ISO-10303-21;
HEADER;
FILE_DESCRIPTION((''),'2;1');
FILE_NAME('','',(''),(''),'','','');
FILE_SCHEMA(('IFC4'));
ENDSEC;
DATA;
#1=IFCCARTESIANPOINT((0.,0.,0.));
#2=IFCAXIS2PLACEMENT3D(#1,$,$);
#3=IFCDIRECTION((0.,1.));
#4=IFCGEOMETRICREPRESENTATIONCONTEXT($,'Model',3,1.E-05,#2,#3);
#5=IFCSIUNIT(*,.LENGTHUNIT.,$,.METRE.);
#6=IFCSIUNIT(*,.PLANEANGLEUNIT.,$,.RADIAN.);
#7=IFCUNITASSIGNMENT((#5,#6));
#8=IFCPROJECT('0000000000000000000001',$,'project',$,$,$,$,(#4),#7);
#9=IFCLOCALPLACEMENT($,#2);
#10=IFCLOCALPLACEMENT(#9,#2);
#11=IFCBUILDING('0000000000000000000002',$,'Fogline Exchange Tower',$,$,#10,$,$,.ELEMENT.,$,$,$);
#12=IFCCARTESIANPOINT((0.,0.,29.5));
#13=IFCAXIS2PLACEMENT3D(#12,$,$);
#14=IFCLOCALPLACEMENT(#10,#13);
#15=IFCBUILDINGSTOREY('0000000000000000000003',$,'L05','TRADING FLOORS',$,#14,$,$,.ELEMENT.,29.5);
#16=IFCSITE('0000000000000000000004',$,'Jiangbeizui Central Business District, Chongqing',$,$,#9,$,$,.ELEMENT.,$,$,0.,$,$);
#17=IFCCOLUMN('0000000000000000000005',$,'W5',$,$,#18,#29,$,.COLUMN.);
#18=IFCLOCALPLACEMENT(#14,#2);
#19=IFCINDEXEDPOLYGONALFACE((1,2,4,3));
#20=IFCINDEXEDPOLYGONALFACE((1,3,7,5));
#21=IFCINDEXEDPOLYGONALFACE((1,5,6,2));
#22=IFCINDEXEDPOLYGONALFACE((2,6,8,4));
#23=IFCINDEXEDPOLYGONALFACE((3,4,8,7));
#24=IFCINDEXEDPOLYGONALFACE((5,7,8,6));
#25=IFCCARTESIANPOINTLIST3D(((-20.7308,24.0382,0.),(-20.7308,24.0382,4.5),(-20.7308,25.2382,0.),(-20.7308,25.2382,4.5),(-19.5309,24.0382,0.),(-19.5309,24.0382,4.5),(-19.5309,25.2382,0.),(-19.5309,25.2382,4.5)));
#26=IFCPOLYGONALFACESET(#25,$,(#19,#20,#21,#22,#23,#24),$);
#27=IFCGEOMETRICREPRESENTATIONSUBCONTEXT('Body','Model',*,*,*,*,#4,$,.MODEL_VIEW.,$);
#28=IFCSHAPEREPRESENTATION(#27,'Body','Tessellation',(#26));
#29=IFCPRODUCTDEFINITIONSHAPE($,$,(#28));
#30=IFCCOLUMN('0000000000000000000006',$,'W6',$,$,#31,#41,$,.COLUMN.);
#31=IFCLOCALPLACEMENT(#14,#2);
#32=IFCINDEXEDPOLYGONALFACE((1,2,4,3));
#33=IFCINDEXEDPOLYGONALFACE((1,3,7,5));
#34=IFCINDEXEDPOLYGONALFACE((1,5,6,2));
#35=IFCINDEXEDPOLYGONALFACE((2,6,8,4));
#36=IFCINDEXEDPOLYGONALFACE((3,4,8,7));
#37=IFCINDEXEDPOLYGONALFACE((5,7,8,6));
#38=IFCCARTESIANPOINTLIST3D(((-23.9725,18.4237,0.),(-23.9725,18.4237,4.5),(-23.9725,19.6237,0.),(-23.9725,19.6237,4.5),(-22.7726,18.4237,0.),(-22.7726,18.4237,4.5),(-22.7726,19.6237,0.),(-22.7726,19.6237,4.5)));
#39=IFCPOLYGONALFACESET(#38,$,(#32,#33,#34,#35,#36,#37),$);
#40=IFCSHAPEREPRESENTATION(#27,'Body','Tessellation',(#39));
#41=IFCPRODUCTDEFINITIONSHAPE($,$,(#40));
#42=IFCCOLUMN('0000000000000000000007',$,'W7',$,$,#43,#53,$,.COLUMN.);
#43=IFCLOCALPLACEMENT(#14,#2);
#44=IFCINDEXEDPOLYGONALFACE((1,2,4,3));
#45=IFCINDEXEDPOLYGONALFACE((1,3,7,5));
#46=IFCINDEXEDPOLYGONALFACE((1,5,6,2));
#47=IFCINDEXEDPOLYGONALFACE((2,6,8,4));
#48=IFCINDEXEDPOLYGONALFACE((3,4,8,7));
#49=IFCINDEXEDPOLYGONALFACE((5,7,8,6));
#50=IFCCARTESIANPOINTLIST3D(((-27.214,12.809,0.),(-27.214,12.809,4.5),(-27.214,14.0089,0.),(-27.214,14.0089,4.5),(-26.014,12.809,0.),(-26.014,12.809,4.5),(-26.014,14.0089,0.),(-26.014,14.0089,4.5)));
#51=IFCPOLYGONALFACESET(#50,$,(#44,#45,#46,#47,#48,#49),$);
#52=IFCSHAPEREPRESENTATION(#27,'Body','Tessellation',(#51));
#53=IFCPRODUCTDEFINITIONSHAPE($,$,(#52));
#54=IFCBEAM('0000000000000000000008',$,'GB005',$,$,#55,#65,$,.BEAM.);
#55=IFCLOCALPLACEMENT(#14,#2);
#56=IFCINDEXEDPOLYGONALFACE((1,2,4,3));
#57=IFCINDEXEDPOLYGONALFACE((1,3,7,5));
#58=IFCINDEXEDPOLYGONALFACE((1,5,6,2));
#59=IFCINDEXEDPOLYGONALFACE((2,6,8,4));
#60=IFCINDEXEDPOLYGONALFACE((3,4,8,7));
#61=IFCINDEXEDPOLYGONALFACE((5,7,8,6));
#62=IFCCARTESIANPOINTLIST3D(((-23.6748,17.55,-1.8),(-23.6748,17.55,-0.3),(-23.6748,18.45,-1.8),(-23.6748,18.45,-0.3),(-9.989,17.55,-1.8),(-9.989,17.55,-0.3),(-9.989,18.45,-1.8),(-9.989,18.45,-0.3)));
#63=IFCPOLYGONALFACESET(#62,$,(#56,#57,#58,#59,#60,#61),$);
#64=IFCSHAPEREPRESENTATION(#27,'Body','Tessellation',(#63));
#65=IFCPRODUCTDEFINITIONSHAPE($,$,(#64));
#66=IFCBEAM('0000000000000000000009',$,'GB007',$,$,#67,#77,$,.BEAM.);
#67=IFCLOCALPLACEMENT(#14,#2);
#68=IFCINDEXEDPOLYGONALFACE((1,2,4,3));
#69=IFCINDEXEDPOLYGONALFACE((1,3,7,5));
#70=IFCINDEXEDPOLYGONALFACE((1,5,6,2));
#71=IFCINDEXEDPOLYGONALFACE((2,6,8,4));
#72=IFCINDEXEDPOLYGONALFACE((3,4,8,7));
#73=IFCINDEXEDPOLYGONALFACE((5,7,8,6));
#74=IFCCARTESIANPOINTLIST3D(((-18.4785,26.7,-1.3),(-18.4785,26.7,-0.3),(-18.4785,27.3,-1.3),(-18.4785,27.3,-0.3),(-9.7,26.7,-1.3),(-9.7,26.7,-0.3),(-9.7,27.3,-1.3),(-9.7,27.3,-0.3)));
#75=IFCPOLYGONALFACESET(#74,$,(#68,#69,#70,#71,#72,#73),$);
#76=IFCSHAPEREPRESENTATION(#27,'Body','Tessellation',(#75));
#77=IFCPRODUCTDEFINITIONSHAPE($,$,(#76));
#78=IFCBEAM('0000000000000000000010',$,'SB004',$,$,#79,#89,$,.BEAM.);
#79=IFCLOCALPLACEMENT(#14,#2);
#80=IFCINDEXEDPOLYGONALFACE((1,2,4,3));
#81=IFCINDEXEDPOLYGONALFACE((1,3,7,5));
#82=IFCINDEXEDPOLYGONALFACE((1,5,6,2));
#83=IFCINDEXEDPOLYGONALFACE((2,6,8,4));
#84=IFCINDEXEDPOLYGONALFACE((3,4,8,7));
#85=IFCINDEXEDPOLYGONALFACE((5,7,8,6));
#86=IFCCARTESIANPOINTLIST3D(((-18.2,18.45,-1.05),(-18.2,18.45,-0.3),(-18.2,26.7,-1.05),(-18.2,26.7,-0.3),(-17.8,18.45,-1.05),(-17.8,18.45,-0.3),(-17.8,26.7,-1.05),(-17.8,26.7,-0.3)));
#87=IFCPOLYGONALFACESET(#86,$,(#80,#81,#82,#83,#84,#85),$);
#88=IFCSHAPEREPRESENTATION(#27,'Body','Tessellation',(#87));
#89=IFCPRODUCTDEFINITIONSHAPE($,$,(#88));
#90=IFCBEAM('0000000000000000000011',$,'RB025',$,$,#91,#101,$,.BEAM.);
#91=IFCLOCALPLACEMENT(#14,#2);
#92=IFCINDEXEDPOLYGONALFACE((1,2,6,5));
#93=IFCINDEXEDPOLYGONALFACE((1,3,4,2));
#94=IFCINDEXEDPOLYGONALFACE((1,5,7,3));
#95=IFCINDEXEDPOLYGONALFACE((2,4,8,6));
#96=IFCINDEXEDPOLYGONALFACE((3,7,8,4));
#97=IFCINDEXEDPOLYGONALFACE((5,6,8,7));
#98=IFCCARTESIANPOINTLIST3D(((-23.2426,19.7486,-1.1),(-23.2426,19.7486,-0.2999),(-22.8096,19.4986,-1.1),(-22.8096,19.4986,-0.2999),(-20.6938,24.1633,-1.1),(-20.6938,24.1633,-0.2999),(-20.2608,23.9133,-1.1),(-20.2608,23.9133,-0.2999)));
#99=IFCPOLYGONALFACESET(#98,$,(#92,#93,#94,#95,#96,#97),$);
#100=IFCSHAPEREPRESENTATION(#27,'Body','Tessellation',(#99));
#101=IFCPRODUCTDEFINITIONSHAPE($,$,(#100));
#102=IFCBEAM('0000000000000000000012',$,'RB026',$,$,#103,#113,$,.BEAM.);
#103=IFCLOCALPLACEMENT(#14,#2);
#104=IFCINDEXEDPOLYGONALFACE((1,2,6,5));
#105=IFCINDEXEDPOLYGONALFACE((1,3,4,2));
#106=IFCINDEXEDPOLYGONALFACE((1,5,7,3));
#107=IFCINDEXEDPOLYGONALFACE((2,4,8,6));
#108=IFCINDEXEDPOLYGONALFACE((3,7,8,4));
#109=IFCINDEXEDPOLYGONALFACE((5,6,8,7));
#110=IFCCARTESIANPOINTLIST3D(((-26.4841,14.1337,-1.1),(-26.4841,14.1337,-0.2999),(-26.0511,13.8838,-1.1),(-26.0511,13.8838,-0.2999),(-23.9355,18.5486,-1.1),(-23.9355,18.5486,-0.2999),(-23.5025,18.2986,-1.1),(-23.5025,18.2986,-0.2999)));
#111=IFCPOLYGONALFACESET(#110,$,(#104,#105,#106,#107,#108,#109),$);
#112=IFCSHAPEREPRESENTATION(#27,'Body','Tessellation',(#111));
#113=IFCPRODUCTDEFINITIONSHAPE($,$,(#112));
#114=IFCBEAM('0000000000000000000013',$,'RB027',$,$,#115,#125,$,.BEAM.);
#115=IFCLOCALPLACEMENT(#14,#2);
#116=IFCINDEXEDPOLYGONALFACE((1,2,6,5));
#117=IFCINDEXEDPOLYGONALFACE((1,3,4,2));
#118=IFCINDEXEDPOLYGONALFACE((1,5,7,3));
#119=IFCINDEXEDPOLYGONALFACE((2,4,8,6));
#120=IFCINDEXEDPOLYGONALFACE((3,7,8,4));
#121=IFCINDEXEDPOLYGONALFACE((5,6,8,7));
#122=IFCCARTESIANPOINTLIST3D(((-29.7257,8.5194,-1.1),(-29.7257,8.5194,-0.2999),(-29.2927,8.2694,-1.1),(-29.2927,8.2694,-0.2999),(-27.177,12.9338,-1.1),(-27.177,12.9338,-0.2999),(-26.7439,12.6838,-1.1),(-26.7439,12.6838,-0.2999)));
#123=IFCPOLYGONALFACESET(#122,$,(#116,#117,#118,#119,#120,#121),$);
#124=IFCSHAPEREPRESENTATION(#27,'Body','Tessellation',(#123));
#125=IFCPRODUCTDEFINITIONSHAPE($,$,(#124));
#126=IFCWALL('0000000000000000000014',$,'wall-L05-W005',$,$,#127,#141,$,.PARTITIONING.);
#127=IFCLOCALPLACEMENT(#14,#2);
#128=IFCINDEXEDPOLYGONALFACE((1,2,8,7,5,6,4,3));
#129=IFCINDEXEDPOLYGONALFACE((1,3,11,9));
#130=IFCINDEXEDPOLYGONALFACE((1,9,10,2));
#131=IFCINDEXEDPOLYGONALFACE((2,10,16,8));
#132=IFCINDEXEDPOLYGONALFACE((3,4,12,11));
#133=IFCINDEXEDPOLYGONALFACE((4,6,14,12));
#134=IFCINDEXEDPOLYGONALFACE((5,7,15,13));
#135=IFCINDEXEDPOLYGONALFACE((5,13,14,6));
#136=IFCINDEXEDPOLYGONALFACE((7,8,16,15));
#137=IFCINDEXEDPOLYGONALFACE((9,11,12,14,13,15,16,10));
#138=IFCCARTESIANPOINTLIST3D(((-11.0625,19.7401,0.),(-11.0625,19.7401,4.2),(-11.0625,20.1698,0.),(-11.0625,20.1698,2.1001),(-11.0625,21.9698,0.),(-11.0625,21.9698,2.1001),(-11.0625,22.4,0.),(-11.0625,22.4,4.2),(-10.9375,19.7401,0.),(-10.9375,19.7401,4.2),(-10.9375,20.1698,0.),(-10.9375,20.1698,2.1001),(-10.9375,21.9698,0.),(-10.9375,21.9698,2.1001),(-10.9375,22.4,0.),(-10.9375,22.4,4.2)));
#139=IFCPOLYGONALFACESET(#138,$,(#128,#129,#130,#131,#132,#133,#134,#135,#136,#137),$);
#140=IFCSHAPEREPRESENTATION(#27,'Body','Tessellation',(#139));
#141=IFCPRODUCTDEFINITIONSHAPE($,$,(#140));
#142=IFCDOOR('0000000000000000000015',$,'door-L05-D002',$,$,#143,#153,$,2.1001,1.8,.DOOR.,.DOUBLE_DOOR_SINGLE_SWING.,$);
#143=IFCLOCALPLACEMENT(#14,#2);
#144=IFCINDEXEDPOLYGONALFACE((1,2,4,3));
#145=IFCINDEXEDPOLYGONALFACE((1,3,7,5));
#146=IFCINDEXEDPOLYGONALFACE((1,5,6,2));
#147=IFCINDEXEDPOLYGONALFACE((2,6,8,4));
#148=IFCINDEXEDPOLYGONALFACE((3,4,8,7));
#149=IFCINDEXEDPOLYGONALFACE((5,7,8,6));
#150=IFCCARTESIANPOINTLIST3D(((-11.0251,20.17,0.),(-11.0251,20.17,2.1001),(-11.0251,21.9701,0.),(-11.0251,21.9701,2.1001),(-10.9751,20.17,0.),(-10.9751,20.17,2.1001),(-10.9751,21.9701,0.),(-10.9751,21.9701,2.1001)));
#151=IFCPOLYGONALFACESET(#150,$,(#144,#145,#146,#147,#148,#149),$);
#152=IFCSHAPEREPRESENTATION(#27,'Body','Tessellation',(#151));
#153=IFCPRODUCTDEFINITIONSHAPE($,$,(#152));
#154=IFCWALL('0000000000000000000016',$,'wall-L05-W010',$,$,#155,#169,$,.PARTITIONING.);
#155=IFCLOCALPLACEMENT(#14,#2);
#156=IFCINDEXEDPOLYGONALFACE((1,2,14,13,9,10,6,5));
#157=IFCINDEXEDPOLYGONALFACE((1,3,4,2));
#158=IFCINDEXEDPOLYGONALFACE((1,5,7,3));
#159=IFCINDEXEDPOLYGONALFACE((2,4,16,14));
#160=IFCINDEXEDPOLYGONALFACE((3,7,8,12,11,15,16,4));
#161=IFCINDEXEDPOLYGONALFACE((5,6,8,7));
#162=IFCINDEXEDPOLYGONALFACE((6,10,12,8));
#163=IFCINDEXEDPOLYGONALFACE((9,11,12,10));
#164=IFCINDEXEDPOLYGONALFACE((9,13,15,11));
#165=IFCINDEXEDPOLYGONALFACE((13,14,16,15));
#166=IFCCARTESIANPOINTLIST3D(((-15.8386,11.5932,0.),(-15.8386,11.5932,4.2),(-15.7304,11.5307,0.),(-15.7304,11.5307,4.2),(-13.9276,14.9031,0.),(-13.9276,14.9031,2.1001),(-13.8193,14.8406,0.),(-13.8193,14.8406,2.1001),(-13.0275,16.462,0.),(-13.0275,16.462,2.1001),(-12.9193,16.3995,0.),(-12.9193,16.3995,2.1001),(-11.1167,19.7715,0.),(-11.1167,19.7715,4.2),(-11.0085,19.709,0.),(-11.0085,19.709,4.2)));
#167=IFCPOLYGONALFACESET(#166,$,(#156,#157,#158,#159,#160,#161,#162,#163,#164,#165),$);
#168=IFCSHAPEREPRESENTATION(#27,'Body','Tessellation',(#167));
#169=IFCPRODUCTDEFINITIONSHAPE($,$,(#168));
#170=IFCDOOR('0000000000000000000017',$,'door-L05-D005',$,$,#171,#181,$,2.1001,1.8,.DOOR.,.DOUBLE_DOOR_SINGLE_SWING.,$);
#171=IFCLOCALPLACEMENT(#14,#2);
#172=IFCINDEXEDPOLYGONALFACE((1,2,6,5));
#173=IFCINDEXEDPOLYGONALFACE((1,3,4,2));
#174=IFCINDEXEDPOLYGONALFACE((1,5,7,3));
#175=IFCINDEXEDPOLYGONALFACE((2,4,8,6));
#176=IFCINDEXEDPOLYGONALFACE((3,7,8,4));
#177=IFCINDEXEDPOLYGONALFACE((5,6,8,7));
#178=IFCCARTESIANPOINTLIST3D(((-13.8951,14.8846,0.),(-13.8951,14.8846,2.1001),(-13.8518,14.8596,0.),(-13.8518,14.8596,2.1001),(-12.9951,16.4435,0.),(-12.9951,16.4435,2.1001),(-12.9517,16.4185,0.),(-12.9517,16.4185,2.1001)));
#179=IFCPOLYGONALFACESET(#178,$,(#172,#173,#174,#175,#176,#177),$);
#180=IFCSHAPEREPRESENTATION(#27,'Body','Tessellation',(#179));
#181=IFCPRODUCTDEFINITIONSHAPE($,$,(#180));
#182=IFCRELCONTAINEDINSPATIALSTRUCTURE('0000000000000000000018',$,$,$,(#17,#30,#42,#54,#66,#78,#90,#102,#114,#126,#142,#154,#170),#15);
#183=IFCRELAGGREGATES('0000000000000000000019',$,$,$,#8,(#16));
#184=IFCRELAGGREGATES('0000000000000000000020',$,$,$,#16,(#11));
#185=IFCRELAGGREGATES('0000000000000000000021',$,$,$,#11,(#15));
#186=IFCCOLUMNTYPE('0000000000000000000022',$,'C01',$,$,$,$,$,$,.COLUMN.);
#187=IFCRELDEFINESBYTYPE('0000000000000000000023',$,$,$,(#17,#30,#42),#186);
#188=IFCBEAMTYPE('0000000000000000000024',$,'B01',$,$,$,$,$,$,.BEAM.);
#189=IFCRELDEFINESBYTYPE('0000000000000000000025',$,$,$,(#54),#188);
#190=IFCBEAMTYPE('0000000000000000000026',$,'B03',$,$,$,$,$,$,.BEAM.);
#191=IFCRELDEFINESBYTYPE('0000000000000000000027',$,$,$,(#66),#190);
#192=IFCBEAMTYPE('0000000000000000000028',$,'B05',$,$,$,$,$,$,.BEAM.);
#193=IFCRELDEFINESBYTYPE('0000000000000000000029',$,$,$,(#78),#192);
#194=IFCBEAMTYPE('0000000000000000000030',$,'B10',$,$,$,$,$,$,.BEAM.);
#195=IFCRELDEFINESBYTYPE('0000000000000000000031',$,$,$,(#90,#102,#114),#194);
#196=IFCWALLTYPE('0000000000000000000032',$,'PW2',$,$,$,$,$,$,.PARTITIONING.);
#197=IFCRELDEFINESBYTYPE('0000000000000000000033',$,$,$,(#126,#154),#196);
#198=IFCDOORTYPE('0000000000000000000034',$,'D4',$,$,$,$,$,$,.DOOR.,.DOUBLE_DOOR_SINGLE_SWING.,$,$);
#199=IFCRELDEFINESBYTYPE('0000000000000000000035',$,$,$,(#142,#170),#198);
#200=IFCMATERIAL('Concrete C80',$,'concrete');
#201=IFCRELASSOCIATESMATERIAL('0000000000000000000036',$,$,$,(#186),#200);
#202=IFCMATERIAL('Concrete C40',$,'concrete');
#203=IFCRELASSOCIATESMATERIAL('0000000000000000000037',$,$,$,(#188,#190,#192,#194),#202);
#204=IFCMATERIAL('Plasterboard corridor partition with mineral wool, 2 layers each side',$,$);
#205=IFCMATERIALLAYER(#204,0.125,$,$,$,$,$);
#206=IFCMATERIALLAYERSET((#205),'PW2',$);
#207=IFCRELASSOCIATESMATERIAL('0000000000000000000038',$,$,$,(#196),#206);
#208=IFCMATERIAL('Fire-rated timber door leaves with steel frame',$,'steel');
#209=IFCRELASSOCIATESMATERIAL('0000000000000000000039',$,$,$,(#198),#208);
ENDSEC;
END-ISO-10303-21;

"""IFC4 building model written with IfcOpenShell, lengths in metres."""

from ifc_helpers import new_model, si_unit, direction, frame, frame_2d, origin, origin_2d, place, context, subcontext, project, spatial, rectangle, extrude, material, layer, layer_set, material_profile, profile_set, type_object, element, fill, save


model = new_model("IFC4")

# Units and contexts
model_context = context("Model", 3, precision=1e-05, world=origin(), true_north=direction((0.0, 1.0)))
body_context = subcontext(model_context, "Body", "Model", "MODEL_VIEW")
ifc_project = project(units=[si_unit("LENGTHUNIT", "METRE"), si_unit("PLANEANGLEUNIT", "RADIAN")], contexts=[model_context])

# Site, building, storey
site_placement = place(None, origin())
site = spatial("IfcSite", under=ifc_project, at=site_placement, Name="Jiangbeizui Central Business District, Chongqing", CompositionType="ELEMENT", RefElevation=0.0)
building_placement = place(site_placement, origin())
building = spatial("IfcBuilding", under=site, at=building_placement, Name="Fogline Exchange Tower", CompositionType="ELEMENT")
storey_placement = place(building_placement, frame((0.0, 0.0, 29.5)))
storey = spatial("IfcBuildingStorey", under=building, at=storey_placement, Name="L05", Description="TRADING FLOORS", CompositionType="ELEMENT", Elevation=29.5)

# Columns
ifc_material_1 = material(Name="Concrete C80", Category="concrete")
ifc_material_profile_1 = material_profile(ifc_material_1, rectangle(XDim=1.2, YDim=1.2, at=origin_2d()), Name="RC 1200x1200")
ifc_profile_set_1 = profile_set([ifc_material_profile_1], Name="Concrete C80")
column_type = type_object("IfcColumnType", Name="C01", PredefinedType="COLUMN", material=ifc_profile_set_1)
for number, where, z_axis, x_axis, name in (
    (1, (-20.1309, 24.6382, 0.0), (0.0, 0.0, 1.0), (1.0, 0.0, 0.0), "W5"),
    (2, (-23.3726, 19.0237, 0.0), (0.0, 0.0, 1.0), (1.0, 0.0, 0.0), "W6"),
    (3, (-26.614, 13.4089, 0.0), (0.0, 0.0, 1.0), (1.0, 0.0, 0.0), "W7"),
):
    element("IfcColumn", number, at=place(storey_placement, frame(where, z_axis=z_axis, x_axis=x_axis)), inside=storey, type_object=column_type, Name=name, PredefinedType="COLUMN", context=body_context, shape_type="SweptSolid", body=[
        extrude(rectangle(XDim=1.2, YDim=1.2, at=origin_2d()), origin(), (0.0, 0.0, 1.0), 4.5),
    ])

# Beams
ifc_material_2 = material(Name="Concrete C40", Category="concrete")
ifc_material_profile_2 = material_profile(ifc_material_2, rectangle(XDim=0.8999, YDim=1.5, at=origin_2d()), Name="RC 900x1500")
ifc_profile_set_2 = profile_set([ifc_material_profile_2], Name="Concrete C40")
beam_type_1 = type_object("IfcBeamType", Name="B01", PredefinedType="BEAM", material=ifc_profile_set_2)
beam_1_placement = place(storey_placement, frame((-23.6748, 18.0, -1.05), z_axis=(1.0, 0.0, 0.0), x_axis=(0.0, 1.0, 0.0)))
element("IfcBeam", 4, at=beam_1_placement, inside=storey, type_object=beam_type_1, Name="GB005", PredefinedType="BEAM", context=body_context, shape_type="SweptSolid", body=[
    extrude(rectangle(XDim=0.8999, YDim=1.5, at=origin_2d()), origin(), (0.0, 0.0, 1.0), 13.6858),
])
ifc_material_profile_3 = material_profile(ifc_material_2, rectangle(XDim=0.6001, YDim=1.0, at=origin_2d()), Name="RC 600x1000")
ifc_profile_set_3 = profile_set([ifc_material_profile_3], Name="Concrete C40")
beam_type_2 = type_object("IfcBeamType", Name="B03", PredefinedType="BEAM", material=ifc_profile_set_3)
beam_2_placement = place(storey_placement, frame((-18.4785, 27.0, -0.8), z_axis=(1.0, 0.0, 0.0), x_axis=(0.0, 1.0, 0.0)))
element("IfcBeam", 5, at=beam_2_placement, inside=storey, type_object=beam_type_2, Name="GB007", PredefinedType="BEAM", context=body_context, shape_type="SweptSolid", body=[
    extrude(rectangle(XDim=0.6001, YDim=1.0, at=origin_2d()), origin(), (0.0, 0.0, 1.0), 8.7786),
])
ifc_material_profile_4 = material_profile(ifc_material_2, rectangle(XDim=0.3999, YDim=0.75, at=origin_2d()), Name="RC 400x750")
ifc_profile_set_4 = profile_set([ifc_material_profile_4], Name="Concrete C40")
beam_type_3 = type_object("IfcBeamType", Name="B05", PredefinedType="BEAM", material=ifc_profile_set_4)
beam_3_placement = place(storey_placement, frame((-18.0, 18.45, -0.675), z_axis=(0.0, 1.0, 0.0), x_axis=(-1.0, 0.0, 0.0)))
element("IfcBeam", 6, at=beam_3_placement, inside=storey, type_object=beam_type_3, Name="SB004", PredefinedType="BEAM", context=body_context, shape_type="SweptSolid", body=[
    extrude(rectangle(XDim=0.3999, YDim=0.75, at=origin_2d()), origin(), (0.0, 0.0, 1.0), 8.25),
])
ifc_material_profile_5 = material_profile(ifc_material_2, rectangle(XDim=0.5, YDim=0.8, at=origin_2d()), Name="RC 500x800")
ifc_profile_set_5 = profile_set([ifc_material_profile_5], Name="Concrete C40")
beam_type_4 = type_object("IfcBeamType", Name="B10", PredefinedType="BEAM", material=ifc_profile_set_5)
for number, where, z_axis, x_axis, name in (
    (7, (-20.4773, 24.0383, -0.7), (-0.499992, -0.86603, 0.0), (0.86603, -0.499992, 0.0), "RB025"),
    (8, (-23.719, 18.4236, -0.7), (-0.499956, -0.866051, 0.0), (0.866051, -0.499956, 0.0), "RB026"),
):
    element("IfcBeam", number, at=place(storey_placement, frame(where, z_axis=z_axis, x_axis=x_axis)), inside=storey, type_object=beam_type_4, Name=name, PredefinedType="BEAM", context=body_context, shape_type="SweptSolid", body=[
        extrude(rectangle(XDim=0.5, YDim=0.8, at=origin_2d()), origin(), (0.0, 0.0, 1.0), 5.0977),
    ])
beam_4_placement = place(storey_placement, frame((-26.9604, 12.8088, -0.7), z_axis=(-0.500013, -0.866018, 0.0), x_axis=(0.866018, -0.500013, 0.0)))
element("IfcBeam", 9, at=beam_4_placement, inside=storey, type_object=beam_type_4, Name="RB027", PredefinedType="BEAM", context=body_context, shape_type="SweptSolid", body=[
    extrude(rectangle(XDim=0.5, YDim=0.8, at=origin_2d()), origin(), (0.0, 0.0, 1.0), 5.0974),
])

# Walls, openings, doors
ifc_material_3 = material(Name="Plasterboard corridor partition with mineral wool, 2 layers each side")
ifc_layer_1 = layer(ifc_material_3, 0.125)
ifc_layer_set_1 = layer_set([ifc_layer_1], Name="PW2")
wall_type_1 = type_object("IfcWallType", Name="PW2", PredefinedType="PARTITIONING", material=ifc_layer_set_1)
wall_1_placement = place(storey_placement, frame((-11.0, 19.74, 0.0), z_axis=(0.0, 0.0, 1.0), x_axis=(0.0, 1.0, 0.0)))
wall_1 = element("IfcWall", 10, at=wall_1_placement, inside=storey, type_object=wall_type_1, Name="wall-L05-W005", PredefinedType="PARTITIONING", context=body_context, shape_type="SweptSolid", body=[
    extrude(rectangle(XDim=2.6599, YDim=0.125, at=frame_2d((1.3301, 0.0))), origin(), (0.0, 0.0, 1.0), 4.2),
])
opening_1_placement = place(wall_1_placement, frame((0.4299, 0.0, 0.0)))
opening_1 = element("IfcOpeningElement", 11, at=opening_1_placement, cuts=wall_1, PredefinedType="OPENING", context=body_context, shape_type="SweptSolid", body=[
    extrude(rectangle(XDim=1.8, YDim=2.1001, at=frame_2d((0.8999, 1.05))), frame((0.0, 0.0725, 0.0), z_axis=(0.0, -1.0, 0.0), x_axis=(1.0, 0.0, 0.0)), (0.0, 0.0, 1.0), 0.145),
])
ifc_material_4 = material(Name="Fire-rated timber door leaves with steel frame", Category="steel")
door_type_1 = type_object("IfcDoorType", Name="D4", OperationType="DOUBLE_DOOR_SINGLE_SWING", PredefinedType="DOOR", material=ifc_material_4)
door_1_placement = place(opening_1_placement, frame((1.8, 0.0, 0.0), z_axis=(0.0, 0.0, 1.0), x_axis=(-1.0, 0.0, 0.0)))
door_1 = element("IfcDoor", 12, at=door_1_placement, inside=storey, type_object=door_type_1, Name="door-L05-D002", OperationType="DOUBLE_DOOR_SINGLE_SWING", OverallHeight=2.1001, OverallWidth=1.8, PredefinedType="DOOR", context=body_context, shape_type="SweptSolid", body=[
    extrude(rectangle(XDim=1.8, YDim=2.1001, at=frame_2d((0.8999, 1.05))), frame((0.0, 0.0249, 0.0), z_axis=(0.0, -1.0, 0.0), x_axis=(1.0, 0.0, 0.0)), (0.0, 0.0, 1.0), 0.05),
])
fill(opening_1, door_1)
wall_2_placement = place(storey_placement, frame((-15.7844, 11.562, 0.0), z_axis=(0.0, 0.0, 1.0), x_axis=(0.500007, 0.866022, 0.0)))
wall_2 = element("IfcWall", 13, at=wall_2_placement, inside=storey, type_object=wall_type_1, Name="wall-L05-W010", PredefinedType="PARTITIONING", context=body_context, shape_type="SweptSolid", body=[
    extrude(rectangle(XDim=9.4436, YDim=0.125, at=frame_2d((4.7217, 0.0))), origin(), (0.0, 0.0, 1.0), 4.2),
])
opening_2_placement = place(wall_2_placement, frame((3.822, 0.0, 0.0)))
opening_2 = element("IfcOpeningElement", 14, at=opening_2_placement, cuts=wall_2, PredefinedType="OPENING", context=body_context, shape_type="SweptSolid", body=[
    extrude(rectangle(XDim=1.8, YDim=2.1001, at=frame_2d((0.8999, 1.05))), frame((0.0, 0.0725, 0.0), z_axis=(0.0, -1.0, 0.0), x_axis=(1.0, 0.0, 0.0)), (0.0, 0.0, 1.0), 0.145),
])
door_2_placement = place(opening_2_placement, frame((1.8, 0.0, 0.0), z_axis=(0.0, 0.0, 1.0), x_axis=(-1.0, 0.0, 0.0)))
door_2 = element("IfcDoor", 15, at=door_2_placement, inside=storey, type_object=door_type_1, Name="door-L05-D005", OperationType="DOUBLE_DOOR_SINGLE_SWING", OverallHeight=2.1001, OverallWidth=1.8, PredefinedType="DOOR", context=body_context, shape_type="SweptSolid", body=[
    extrude(rectangle(XDim=1.8, YDim=2.1001, at=frame_2d((0.8999, 1.05))), frame((0.0, 0.0249, 0.0), z_axis=(0.0, -1.0, 0.0), x_axis=(1.0, 0.0, 0.0)), (0.0, 0.0, 1.0), 0.05),
])
fill(opening_2, door_2)

save(model, "model.ifc")
